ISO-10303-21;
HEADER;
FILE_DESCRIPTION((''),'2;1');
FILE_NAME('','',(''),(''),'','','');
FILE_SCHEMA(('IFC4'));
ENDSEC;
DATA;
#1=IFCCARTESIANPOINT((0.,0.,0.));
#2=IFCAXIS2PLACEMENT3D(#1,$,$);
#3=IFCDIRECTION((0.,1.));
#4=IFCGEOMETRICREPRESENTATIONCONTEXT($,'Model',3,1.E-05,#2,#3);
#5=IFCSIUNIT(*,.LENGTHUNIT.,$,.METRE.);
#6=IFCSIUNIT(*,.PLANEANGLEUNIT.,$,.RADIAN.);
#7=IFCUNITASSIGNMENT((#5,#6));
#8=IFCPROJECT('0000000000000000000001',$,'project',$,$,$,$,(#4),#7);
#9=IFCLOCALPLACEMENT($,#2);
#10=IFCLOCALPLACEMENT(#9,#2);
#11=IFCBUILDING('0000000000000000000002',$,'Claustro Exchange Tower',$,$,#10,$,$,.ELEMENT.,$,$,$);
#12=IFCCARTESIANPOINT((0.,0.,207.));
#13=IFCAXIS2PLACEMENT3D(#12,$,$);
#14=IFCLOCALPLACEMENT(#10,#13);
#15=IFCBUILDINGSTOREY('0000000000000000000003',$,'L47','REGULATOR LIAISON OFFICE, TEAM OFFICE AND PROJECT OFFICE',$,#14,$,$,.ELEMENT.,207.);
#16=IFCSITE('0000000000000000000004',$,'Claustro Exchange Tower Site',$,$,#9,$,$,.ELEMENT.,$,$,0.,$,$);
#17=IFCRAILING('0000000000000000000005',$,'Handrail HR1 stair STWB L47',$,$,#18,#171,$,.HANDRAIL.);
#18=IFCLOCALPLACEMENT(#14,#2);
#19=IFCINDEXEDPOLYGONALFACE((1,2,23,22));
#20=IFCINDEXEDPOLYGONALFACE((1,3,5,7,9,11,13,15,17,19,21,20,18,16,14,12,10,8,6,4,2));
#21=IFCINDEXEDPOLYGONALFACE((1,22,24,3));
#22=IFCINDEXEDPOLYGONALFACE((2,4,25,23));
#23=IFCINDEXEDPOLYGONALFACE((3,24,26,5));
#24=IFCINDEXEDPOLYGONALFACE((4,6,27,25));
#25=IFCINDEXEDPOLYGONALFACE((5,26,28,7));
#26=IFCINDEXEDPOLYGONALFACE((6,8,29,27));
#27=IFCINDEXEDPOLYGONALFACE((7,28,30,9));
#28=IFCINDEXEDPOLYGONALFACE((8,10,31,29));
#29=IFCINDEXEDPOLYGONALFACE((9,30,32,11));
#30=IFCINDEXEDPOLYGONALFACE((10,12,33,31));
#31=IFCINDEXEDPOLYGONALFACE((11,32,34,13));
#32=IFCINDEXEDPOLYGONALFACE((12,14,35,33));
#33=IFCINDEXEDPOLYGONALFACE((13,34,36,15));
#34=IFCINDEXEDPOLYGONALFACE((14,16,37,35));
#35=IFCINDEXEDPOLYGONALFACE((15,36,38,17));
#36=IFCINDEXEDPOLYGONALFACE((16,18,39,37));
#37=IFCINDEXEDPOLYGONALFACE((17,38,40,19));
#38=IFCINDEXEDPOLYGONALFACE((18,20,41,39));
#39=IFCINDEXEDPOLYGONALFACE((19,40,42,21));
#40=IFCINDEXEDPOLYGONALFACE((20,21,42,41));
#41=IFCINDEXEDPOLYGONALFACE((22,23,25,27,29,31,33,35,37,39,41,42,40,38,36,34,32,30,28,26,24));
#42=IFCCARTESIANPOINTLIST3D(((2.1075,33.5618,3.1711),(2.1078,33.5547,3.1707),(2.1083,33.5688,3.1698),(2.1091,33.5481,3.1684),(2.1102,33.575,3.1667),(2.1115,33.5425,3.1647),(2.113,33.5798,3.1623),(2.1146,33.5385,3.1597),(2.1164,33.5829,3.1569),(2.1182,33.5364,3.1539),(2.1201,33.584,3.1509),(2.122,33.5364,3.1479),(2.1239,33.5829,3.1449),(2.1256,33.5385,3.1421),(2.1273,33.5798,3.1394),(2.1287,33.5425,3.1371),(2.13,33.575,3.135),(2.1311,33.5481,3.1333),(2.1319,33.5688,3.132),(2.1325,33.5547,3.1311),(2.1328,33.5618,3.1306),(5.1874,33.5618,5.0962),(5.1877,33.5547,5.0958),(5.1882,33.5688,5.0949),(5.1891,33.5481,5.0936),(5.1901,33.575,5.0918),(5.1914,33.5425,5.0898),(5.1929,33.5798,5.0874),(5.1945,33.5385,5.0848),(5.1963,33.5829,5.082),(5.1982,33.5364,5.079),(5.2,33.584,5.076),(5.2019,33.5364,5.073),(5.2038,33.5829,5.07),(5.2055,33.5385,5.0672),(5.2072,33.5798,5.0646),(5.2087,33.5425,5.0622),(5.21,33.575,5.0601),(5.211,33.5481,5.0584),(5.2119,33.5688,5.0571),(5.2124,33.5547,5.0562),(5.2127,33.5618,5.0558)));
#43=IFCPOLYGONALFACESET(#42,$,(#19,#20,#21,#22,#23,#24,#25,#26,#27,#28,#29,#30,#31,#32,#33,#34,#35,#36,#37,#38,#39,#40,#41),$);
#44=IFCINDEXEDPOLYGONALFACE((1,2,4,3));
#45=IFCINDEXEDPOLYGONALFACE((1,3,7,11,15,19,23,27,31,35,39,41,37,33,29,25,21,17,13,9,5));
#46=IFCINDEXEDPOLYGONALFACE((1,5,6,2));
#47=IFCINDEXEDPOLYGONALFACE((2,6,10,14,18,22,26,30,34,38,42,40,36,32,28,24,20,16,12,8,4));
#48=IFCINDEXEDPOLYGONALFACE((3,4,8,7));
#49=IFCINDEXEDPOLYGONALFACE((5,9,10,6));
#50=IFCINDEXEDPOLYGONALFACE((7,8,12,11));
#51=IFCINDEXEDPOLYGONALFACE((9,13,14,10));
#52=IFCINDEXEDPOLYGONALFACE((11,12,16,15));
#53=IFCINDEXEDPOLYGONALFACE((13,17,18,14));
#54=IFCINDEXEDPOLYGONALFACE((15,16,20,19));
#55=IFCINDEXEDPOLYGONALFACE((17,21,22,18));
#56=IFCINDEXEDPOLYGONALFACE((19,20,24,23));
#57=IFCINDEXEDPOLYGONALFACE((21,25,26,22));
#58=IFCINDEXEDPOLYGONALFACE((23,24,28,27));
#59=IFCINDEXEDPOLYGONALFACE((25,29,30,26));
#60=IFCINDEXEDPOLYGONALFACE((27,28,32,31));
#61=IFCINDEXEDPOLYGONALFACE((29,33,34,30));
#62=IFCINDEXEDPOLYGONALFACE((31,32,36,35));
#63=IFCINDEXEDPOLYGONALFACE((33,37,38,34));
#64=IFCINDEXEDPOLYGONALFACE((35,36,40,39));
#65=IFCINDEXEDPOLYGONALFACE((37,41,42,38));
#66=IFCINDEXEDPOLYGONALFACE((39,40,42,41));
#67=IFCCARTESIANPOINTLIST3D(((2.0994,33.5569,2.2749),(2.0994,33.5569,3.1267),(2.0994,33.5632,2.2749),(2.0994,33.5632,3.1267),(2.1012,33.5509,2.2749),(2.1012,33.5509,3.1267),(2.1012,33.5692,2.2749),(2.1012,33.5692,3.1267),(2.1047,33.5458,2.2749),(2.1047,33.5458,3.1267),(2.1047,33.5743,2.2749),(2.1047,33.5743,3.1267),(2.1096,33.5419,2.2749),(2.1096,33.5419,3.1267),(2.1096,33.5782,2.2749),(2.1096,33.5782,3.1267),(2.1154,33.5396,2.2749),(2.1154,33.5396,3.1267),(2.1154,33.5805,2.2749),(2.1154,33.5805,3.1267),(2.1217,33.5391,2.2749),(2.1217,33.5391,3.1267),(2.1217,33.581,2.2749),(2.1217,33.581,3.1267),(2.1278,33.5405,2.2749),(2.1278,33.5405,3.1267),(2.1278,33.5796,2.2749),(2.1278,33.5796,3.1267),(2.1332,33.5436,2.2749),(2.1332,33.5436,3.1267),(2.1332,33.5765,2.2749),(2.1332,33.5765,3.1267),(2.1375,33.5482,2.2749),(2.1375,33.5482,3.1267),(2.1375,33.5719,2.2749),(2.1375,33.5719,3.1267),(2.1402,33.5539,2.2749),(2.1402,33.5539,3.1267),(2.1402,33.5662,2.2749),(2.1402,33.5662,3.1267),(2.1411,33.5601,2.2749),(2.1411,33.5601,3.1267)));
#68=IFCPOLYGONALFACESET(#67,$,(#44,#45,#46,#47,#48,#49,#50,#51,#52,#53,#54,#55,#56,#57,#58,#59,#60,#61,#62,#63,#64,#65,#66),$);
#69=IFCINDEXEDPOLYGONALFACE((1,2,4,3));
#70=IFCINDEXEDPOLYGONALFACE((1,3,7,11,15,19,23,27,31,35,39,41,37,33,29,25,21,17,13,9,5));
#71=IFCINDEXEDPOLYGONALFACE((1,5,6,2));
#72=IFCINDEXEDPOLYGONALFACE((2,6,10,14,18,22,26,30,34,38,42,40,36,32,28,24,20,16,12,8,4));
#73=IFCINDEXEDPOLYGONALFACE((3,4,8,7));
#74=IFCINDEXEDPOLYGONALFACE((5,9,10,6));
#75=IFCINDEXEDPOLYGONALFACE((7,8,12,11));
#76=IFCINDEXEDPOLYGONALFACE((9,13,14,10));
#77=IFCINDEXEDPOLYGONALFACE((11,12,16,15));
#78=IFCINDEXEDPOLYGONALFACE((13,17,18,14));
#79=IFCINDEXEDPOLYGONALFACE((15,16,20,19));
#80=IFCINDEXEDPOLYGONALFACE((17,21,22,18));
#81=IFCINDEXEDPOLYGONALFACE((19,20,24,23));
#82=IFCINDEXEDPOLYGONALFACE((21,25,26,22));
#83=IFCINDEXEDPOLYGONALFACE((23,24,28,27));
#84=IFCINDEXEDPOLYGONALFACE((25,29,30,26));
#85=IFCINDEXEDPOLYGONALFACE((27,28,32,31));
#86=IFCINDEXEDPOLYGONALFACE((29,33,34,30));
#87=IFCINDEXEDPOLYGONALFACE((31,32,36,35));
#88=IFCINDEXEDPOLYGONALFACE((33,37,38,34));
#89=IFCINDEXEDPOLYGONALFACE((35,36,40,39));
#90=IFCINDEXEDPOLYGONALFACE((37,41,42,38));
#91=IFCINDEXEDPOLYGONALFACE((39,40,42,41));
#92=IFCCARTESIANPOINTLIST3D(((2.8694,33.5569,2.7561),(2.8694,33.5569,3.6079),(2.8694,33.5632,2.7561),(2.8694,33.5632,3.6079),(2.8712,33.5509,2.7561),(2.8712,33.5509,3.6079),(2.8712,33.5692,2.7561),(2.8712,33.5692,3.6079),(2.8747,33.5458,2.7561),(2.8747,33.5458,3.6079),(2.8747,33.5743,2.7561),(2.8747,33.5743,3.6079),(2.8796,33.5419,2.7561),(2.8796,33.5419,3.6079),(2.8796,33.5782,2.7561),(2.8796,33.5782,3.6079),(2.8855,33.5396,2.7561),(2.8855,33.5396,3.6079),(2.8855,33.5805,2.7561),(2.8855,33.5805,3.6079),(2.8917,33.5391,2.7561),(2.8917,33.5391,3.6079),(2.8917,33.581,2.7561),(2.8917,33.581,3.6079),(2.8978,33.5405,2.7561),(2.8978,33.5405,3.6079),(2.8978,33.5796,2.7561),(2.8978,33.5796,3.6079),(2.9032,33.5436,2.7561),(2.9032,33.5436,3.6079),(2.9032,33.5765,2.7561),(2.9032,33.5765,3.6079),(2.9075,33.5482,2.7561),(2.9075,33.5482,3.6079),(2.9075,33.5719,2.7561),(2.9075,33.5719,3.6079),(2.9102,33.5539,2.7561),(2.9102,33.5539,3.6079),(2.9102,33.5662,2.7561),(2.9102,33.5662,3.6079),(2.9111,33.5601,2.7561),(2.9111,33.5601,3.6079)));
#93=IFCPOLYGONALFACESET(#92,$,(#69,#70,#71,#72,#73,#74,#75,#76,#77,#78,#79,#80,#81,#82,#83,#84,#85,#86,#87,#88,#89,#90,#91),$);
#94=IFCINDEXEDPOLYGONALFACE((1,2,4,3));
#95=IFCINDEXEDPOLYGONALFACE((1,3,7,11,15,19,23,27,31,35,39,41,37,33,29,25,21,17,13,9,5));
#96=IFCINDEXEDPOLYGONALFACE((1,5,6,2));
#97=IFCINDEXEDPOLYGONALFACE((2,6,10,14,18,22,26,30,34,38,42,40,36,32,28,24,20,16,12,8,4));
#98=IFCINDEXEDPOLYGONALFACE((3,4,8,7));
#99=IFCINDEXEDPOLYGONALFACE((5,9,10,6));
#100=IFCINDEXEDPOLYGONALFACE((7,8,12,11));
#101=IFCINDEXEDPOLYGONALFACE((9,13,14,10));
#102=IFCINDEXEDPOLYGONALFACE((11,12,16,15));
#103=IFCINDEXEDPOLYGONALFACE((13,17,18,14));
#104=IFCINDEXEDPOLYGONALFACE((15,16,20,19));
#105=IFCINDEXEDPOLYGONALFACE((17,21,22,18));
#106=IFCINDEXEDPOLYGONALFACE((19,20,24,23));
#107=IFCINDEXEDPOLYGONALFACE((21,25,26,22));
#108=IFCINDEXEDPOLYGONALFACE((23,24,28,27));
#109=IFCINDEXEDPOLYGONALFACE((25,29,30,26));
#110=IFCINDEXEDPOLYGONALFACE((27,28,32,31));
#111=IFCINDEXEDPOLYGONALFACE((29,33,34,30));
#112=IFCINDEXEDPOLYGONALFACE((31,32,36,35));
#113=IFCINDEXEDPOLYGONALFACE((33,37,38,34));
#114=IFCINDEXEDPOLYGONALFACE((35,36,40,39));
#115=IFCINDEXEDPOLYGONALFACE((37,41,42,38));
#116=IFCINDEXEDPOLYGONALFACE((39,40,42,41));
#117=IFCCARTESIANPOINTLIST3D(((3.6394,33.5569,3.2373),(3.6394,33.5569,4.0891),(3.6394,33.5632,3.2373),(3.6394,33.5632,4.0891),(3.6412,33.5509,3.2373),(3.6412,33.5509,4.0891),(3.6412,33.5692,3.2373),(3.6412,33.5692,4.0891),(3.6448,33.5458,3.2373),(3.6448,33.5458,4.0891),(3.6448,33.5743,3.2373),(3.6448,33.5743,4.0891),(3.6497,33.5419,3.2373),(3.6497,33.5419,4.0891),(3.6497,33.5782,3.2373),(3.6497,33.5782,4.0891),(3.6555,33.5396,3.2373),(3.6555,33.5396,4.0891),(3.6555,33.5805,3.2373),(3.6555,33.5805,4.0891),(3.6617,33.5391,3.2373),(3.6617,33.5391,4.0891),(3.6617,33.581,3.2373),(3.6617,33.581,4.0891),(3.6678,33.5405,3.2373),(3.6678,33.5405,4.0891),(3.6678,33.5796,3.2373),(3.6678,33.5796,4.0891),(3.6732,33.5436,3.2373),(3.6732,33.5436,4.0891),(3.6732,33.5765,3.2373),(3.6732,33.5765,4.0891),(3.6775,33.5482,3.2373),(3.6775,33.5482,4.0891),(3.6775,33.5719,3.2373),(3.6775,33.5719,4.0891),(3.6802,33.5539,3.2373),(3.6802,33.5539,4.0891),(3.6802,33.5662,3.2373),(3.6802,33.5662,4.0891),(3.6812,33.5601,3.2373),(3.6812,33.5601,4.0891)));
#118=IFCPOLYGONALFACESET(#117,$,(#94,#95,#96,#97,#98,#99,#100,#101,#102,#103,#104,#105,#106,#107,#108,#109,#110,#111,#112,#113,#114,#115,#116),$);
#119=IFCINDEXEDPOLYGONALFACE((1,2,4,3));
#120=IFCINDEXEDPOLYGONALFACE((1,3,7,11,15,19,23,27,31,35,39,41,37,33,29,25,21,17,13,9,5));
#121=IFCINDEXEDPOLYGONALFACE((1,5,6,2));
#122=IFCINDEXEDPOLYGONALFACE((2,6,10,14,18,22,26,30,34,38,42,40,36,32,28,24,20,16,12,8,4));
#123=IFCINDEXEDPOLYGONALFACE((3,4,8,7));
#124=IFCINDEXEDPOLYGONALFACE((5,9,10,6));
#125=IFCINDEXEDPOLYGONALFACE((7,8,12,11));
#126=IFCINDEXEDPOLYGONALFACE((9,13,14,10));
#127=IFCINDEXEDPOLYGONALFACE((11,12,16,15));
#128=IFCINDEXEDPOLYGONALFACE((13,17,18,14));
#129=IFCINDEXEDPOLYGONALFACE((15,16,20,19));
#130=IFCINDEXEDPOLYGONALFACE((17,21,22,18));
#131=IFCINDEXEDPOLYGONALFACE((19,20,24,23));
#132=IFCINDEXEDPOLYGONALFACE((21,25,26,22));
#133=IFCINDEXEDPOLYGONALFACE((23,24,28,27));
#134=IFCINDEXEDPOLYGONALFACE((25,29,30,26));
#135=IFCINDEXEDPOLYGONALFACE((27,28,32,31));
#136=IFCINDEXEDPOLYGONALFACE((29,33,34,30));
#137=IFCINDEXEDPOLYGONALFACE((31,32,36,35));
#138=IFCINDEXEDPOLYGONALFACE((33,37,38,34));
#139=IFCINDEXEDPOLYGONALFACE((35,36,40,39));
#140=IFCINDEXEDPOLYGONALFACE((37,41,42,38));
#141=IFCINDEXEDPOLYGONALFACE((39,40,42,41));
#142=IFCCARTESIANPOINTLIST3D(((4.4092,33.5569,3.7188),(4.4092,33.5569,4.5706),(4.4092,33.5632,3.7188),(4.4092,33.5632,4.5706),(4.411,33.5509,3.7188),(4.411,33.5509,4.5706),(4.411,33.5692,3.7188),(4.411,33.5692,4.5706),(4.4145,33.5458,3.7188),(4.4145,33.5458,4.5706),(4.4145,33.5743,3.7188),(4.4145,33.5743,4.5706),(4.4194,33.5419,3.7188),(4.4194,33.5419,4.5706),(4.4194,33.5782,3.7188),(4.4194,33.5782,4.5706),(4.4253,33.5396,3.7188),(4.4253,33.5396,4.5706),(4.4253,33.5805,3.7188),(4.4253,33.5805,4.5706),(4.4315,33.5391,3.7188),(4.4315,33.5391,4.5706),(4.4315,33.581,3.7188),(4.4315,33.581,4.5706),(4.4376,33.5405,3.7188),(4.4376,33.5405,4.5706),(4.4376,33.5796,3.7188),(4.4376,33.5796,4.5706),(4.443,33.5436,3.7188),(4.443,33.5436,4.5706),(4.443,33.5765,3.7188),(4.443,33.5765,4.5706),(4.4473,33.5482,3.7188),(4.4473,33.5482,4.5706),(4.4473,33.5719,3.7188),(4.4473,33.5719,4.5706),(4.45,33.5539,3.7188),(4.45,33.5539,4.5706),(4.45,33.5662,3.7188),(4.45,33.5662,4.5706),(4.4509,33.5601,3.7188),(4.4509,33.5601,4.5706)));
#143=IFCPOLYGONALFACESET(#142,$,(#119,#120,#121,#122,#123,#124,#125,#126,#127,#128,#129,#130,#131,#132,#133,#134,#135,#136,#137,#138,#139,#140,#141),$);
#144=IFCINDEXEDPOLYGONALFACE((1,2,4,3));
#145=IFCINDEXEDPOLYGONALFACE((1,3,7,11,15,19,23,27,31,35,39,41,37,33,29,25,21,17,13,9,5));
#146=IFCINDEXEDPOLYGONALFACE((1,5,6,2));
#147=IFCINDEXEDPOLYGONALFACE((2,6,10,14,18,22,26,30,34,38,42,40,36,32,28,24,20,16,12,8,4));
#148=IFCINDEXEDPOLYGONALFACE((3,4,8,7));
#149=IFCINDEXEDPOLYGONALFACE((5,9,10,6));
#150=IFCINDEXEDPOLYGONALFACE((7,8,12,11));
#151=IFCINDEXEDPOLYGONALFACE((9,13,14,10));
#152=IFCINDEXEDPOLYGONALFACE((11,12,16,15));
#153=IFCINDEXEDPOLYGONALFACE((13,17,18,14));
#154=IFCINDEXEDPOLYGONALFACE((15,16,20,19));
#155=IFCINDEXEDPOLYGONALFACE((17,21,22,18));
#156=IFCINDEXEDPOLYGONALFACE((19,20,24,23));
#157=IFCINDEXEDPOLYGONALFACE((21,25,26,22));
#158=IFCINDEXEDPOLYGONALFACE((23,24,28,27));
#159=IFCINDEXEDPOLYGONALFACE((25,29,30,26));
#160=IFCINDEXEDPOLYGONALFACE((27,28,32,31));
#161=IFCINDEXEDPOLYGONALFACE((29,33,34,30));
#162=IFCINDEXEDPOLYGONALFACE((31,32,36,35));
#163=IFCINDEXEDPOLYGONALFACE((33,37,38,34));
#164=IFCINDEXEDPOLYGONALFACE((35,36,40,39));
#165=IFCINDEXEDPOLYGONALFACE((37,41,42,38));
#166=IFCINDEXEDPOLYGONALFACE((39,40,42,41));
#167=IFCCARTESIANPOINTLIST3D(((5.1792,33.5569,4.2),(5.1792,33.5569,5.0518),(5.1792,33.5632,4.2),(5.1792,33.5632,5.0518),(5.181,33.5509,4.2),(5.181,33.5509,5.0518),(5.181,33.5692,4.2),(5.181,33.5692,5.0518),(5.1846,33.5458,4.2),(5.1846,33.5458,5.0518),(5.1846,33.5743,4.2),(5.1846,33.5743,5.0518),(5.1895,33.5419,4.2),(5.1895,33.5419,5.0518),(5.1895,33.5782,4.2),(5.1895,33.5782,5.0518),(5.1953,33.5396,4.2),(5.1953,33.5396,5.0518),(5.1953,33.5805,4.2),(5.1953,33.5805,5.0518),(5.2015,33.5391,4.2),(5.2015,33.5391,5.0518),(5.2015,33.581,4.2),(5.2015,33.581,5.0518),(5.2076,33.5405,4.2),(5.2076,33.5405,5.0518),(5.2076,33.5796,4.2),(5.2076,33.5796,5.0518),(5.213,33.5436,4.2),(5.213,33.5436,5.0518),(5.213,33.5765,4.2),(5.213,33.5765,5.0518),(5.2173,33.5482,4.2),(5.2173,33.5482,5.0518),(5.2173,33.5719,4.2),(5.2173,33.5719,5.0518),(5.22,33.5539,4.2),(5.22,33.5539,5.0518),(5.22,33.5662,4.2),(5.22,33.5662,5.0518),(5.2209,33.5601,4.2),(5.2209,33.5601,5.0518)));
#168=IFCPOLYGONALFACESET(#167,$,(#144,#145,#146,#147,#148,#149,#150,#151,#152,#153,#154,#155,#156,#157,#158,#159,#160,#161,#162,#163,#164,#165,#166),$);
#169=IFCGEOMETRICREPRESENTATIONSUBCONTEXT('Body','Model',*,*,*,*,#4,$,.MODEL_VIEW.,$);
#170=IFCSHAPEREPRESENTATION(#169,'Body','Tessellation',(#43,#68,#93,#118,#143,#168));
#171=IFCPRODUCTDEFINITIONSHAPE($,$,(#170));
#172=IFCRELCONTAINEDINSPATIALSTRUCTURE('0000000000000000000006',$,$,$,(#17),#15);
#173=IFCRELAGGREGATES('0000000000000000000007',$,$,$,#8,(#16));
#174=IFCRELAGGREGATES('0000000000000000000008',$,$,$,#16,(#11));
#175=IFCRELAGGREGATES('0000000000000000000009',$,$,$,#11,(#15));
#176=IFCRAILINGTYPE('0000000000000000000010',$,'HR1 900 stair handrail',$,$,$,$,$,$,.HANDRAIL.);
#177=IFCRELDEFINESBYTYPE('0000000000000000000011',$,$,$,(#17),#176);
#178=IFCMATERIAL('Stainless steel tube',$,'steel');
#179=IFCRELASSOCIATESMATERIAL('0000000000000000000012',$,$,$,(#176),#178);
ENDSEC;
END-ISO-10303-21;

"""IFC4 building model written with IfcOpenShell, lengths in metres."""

from ifc_helpers import new_model, si_unit, direction, frame, origin, origin_2d, place, context, subcontext, project, spatial, circle, extrude, material, type_object, element, save


model = new_model("IFC4")

# Units and contexts
model_context = context("Model", 3, precision=1e-05, world=origin(), true_north=direction((0.0, 1.0)))
body_context = subcontext(model_context, "Body", "Model", "MODEL_VIEW")
ifc_project = project(units=[si_unit("LENGTHUNIT", "METRE"), si_unit("PLANEANGLEUNIT", "RADIAN")], contexts=[model_context])

# Site, building, storey
site_placement = place(None, origin())
site = spatial("IfcSite", under=ifc_project, at=site_placement, Name="Claustro Exchange Tower Site", CompositionType="ELEMENT", RefElevation=0.0)
building_placement = place(site_placement, origin())
building = spatial("IfcBuilding", under=site, at=building_placement, Name="Claustro Exchange Tower", CompositionType="ELEMENT")
storey_placement = place(building_placement, frame((0.0, 0.0, 207.0)))
storey = spatial("IfcBuildingStorey", under=building, at=storey_placement, Name="L47", Description="REGULATOR LIAISON OFFICE, TEAM OFFICE AND PROJECT OFFICE", CompositionType="ELEMENT", Elevation=207.0)

# Railing
ifc_material_1 = material(Name="Stainless steel tube", Category="steel")
railing_type_1 = type_object("IfcRailingType", Name="HR1 900 stair handrail", PredefinedType="HANDRAIL", material=ifc_material_1)
railing_1_placement = place(storey_placement, frame((2.1201, 33.5601, 2.2749)))
element("IfcRailing", 1, at=railing_1_placement, inside=storey, type_object=railing_type_1, Name="Handrail HR1 stair STWB L47", PredefinedType="HANDRAIL", context=body_context, shape_type="SweptSolid", body=[
    extrude(circle(Radius=0.0239, at=origin_2d()), frame((0.0, 0.0, 0.876), z_axis=(0.847979, 0.0, 0.530029), x_axis=(0.0, 1.0, 0.0)), (0.0, 0.0, 1.0), 3.6321),
    extrude(circle(Radius=0.021, at=origin_2d()), origin(), (0.0, 0.0, 1.0), 0.8518),
    extrude(circle(Radius=0.021, at=origin_2d()), frame((0.77, 0.0, 0.4812)), (0.0, 0.0, 1.0), 0.8518),
    extrude(circle(Radius=0.021, at=origin_2d()), frame((1.54, 0.0, 0.9624)), (0.0, 0.0, 1.0), 0.8518),
    extrude(circle(Radius=0.021, at=origin_2d()), frame((2.3098, 0.0, 1.4438)), (0.0, 0.0, 1.0), 0.8518),
    extrude(circle(Radius=0.021, at=origin_2d()), frame((3.0798, 0.0, 1.925)), (0.0, 0.0, 1.0), 0.8518),
])

save(model, "model.ifc")
